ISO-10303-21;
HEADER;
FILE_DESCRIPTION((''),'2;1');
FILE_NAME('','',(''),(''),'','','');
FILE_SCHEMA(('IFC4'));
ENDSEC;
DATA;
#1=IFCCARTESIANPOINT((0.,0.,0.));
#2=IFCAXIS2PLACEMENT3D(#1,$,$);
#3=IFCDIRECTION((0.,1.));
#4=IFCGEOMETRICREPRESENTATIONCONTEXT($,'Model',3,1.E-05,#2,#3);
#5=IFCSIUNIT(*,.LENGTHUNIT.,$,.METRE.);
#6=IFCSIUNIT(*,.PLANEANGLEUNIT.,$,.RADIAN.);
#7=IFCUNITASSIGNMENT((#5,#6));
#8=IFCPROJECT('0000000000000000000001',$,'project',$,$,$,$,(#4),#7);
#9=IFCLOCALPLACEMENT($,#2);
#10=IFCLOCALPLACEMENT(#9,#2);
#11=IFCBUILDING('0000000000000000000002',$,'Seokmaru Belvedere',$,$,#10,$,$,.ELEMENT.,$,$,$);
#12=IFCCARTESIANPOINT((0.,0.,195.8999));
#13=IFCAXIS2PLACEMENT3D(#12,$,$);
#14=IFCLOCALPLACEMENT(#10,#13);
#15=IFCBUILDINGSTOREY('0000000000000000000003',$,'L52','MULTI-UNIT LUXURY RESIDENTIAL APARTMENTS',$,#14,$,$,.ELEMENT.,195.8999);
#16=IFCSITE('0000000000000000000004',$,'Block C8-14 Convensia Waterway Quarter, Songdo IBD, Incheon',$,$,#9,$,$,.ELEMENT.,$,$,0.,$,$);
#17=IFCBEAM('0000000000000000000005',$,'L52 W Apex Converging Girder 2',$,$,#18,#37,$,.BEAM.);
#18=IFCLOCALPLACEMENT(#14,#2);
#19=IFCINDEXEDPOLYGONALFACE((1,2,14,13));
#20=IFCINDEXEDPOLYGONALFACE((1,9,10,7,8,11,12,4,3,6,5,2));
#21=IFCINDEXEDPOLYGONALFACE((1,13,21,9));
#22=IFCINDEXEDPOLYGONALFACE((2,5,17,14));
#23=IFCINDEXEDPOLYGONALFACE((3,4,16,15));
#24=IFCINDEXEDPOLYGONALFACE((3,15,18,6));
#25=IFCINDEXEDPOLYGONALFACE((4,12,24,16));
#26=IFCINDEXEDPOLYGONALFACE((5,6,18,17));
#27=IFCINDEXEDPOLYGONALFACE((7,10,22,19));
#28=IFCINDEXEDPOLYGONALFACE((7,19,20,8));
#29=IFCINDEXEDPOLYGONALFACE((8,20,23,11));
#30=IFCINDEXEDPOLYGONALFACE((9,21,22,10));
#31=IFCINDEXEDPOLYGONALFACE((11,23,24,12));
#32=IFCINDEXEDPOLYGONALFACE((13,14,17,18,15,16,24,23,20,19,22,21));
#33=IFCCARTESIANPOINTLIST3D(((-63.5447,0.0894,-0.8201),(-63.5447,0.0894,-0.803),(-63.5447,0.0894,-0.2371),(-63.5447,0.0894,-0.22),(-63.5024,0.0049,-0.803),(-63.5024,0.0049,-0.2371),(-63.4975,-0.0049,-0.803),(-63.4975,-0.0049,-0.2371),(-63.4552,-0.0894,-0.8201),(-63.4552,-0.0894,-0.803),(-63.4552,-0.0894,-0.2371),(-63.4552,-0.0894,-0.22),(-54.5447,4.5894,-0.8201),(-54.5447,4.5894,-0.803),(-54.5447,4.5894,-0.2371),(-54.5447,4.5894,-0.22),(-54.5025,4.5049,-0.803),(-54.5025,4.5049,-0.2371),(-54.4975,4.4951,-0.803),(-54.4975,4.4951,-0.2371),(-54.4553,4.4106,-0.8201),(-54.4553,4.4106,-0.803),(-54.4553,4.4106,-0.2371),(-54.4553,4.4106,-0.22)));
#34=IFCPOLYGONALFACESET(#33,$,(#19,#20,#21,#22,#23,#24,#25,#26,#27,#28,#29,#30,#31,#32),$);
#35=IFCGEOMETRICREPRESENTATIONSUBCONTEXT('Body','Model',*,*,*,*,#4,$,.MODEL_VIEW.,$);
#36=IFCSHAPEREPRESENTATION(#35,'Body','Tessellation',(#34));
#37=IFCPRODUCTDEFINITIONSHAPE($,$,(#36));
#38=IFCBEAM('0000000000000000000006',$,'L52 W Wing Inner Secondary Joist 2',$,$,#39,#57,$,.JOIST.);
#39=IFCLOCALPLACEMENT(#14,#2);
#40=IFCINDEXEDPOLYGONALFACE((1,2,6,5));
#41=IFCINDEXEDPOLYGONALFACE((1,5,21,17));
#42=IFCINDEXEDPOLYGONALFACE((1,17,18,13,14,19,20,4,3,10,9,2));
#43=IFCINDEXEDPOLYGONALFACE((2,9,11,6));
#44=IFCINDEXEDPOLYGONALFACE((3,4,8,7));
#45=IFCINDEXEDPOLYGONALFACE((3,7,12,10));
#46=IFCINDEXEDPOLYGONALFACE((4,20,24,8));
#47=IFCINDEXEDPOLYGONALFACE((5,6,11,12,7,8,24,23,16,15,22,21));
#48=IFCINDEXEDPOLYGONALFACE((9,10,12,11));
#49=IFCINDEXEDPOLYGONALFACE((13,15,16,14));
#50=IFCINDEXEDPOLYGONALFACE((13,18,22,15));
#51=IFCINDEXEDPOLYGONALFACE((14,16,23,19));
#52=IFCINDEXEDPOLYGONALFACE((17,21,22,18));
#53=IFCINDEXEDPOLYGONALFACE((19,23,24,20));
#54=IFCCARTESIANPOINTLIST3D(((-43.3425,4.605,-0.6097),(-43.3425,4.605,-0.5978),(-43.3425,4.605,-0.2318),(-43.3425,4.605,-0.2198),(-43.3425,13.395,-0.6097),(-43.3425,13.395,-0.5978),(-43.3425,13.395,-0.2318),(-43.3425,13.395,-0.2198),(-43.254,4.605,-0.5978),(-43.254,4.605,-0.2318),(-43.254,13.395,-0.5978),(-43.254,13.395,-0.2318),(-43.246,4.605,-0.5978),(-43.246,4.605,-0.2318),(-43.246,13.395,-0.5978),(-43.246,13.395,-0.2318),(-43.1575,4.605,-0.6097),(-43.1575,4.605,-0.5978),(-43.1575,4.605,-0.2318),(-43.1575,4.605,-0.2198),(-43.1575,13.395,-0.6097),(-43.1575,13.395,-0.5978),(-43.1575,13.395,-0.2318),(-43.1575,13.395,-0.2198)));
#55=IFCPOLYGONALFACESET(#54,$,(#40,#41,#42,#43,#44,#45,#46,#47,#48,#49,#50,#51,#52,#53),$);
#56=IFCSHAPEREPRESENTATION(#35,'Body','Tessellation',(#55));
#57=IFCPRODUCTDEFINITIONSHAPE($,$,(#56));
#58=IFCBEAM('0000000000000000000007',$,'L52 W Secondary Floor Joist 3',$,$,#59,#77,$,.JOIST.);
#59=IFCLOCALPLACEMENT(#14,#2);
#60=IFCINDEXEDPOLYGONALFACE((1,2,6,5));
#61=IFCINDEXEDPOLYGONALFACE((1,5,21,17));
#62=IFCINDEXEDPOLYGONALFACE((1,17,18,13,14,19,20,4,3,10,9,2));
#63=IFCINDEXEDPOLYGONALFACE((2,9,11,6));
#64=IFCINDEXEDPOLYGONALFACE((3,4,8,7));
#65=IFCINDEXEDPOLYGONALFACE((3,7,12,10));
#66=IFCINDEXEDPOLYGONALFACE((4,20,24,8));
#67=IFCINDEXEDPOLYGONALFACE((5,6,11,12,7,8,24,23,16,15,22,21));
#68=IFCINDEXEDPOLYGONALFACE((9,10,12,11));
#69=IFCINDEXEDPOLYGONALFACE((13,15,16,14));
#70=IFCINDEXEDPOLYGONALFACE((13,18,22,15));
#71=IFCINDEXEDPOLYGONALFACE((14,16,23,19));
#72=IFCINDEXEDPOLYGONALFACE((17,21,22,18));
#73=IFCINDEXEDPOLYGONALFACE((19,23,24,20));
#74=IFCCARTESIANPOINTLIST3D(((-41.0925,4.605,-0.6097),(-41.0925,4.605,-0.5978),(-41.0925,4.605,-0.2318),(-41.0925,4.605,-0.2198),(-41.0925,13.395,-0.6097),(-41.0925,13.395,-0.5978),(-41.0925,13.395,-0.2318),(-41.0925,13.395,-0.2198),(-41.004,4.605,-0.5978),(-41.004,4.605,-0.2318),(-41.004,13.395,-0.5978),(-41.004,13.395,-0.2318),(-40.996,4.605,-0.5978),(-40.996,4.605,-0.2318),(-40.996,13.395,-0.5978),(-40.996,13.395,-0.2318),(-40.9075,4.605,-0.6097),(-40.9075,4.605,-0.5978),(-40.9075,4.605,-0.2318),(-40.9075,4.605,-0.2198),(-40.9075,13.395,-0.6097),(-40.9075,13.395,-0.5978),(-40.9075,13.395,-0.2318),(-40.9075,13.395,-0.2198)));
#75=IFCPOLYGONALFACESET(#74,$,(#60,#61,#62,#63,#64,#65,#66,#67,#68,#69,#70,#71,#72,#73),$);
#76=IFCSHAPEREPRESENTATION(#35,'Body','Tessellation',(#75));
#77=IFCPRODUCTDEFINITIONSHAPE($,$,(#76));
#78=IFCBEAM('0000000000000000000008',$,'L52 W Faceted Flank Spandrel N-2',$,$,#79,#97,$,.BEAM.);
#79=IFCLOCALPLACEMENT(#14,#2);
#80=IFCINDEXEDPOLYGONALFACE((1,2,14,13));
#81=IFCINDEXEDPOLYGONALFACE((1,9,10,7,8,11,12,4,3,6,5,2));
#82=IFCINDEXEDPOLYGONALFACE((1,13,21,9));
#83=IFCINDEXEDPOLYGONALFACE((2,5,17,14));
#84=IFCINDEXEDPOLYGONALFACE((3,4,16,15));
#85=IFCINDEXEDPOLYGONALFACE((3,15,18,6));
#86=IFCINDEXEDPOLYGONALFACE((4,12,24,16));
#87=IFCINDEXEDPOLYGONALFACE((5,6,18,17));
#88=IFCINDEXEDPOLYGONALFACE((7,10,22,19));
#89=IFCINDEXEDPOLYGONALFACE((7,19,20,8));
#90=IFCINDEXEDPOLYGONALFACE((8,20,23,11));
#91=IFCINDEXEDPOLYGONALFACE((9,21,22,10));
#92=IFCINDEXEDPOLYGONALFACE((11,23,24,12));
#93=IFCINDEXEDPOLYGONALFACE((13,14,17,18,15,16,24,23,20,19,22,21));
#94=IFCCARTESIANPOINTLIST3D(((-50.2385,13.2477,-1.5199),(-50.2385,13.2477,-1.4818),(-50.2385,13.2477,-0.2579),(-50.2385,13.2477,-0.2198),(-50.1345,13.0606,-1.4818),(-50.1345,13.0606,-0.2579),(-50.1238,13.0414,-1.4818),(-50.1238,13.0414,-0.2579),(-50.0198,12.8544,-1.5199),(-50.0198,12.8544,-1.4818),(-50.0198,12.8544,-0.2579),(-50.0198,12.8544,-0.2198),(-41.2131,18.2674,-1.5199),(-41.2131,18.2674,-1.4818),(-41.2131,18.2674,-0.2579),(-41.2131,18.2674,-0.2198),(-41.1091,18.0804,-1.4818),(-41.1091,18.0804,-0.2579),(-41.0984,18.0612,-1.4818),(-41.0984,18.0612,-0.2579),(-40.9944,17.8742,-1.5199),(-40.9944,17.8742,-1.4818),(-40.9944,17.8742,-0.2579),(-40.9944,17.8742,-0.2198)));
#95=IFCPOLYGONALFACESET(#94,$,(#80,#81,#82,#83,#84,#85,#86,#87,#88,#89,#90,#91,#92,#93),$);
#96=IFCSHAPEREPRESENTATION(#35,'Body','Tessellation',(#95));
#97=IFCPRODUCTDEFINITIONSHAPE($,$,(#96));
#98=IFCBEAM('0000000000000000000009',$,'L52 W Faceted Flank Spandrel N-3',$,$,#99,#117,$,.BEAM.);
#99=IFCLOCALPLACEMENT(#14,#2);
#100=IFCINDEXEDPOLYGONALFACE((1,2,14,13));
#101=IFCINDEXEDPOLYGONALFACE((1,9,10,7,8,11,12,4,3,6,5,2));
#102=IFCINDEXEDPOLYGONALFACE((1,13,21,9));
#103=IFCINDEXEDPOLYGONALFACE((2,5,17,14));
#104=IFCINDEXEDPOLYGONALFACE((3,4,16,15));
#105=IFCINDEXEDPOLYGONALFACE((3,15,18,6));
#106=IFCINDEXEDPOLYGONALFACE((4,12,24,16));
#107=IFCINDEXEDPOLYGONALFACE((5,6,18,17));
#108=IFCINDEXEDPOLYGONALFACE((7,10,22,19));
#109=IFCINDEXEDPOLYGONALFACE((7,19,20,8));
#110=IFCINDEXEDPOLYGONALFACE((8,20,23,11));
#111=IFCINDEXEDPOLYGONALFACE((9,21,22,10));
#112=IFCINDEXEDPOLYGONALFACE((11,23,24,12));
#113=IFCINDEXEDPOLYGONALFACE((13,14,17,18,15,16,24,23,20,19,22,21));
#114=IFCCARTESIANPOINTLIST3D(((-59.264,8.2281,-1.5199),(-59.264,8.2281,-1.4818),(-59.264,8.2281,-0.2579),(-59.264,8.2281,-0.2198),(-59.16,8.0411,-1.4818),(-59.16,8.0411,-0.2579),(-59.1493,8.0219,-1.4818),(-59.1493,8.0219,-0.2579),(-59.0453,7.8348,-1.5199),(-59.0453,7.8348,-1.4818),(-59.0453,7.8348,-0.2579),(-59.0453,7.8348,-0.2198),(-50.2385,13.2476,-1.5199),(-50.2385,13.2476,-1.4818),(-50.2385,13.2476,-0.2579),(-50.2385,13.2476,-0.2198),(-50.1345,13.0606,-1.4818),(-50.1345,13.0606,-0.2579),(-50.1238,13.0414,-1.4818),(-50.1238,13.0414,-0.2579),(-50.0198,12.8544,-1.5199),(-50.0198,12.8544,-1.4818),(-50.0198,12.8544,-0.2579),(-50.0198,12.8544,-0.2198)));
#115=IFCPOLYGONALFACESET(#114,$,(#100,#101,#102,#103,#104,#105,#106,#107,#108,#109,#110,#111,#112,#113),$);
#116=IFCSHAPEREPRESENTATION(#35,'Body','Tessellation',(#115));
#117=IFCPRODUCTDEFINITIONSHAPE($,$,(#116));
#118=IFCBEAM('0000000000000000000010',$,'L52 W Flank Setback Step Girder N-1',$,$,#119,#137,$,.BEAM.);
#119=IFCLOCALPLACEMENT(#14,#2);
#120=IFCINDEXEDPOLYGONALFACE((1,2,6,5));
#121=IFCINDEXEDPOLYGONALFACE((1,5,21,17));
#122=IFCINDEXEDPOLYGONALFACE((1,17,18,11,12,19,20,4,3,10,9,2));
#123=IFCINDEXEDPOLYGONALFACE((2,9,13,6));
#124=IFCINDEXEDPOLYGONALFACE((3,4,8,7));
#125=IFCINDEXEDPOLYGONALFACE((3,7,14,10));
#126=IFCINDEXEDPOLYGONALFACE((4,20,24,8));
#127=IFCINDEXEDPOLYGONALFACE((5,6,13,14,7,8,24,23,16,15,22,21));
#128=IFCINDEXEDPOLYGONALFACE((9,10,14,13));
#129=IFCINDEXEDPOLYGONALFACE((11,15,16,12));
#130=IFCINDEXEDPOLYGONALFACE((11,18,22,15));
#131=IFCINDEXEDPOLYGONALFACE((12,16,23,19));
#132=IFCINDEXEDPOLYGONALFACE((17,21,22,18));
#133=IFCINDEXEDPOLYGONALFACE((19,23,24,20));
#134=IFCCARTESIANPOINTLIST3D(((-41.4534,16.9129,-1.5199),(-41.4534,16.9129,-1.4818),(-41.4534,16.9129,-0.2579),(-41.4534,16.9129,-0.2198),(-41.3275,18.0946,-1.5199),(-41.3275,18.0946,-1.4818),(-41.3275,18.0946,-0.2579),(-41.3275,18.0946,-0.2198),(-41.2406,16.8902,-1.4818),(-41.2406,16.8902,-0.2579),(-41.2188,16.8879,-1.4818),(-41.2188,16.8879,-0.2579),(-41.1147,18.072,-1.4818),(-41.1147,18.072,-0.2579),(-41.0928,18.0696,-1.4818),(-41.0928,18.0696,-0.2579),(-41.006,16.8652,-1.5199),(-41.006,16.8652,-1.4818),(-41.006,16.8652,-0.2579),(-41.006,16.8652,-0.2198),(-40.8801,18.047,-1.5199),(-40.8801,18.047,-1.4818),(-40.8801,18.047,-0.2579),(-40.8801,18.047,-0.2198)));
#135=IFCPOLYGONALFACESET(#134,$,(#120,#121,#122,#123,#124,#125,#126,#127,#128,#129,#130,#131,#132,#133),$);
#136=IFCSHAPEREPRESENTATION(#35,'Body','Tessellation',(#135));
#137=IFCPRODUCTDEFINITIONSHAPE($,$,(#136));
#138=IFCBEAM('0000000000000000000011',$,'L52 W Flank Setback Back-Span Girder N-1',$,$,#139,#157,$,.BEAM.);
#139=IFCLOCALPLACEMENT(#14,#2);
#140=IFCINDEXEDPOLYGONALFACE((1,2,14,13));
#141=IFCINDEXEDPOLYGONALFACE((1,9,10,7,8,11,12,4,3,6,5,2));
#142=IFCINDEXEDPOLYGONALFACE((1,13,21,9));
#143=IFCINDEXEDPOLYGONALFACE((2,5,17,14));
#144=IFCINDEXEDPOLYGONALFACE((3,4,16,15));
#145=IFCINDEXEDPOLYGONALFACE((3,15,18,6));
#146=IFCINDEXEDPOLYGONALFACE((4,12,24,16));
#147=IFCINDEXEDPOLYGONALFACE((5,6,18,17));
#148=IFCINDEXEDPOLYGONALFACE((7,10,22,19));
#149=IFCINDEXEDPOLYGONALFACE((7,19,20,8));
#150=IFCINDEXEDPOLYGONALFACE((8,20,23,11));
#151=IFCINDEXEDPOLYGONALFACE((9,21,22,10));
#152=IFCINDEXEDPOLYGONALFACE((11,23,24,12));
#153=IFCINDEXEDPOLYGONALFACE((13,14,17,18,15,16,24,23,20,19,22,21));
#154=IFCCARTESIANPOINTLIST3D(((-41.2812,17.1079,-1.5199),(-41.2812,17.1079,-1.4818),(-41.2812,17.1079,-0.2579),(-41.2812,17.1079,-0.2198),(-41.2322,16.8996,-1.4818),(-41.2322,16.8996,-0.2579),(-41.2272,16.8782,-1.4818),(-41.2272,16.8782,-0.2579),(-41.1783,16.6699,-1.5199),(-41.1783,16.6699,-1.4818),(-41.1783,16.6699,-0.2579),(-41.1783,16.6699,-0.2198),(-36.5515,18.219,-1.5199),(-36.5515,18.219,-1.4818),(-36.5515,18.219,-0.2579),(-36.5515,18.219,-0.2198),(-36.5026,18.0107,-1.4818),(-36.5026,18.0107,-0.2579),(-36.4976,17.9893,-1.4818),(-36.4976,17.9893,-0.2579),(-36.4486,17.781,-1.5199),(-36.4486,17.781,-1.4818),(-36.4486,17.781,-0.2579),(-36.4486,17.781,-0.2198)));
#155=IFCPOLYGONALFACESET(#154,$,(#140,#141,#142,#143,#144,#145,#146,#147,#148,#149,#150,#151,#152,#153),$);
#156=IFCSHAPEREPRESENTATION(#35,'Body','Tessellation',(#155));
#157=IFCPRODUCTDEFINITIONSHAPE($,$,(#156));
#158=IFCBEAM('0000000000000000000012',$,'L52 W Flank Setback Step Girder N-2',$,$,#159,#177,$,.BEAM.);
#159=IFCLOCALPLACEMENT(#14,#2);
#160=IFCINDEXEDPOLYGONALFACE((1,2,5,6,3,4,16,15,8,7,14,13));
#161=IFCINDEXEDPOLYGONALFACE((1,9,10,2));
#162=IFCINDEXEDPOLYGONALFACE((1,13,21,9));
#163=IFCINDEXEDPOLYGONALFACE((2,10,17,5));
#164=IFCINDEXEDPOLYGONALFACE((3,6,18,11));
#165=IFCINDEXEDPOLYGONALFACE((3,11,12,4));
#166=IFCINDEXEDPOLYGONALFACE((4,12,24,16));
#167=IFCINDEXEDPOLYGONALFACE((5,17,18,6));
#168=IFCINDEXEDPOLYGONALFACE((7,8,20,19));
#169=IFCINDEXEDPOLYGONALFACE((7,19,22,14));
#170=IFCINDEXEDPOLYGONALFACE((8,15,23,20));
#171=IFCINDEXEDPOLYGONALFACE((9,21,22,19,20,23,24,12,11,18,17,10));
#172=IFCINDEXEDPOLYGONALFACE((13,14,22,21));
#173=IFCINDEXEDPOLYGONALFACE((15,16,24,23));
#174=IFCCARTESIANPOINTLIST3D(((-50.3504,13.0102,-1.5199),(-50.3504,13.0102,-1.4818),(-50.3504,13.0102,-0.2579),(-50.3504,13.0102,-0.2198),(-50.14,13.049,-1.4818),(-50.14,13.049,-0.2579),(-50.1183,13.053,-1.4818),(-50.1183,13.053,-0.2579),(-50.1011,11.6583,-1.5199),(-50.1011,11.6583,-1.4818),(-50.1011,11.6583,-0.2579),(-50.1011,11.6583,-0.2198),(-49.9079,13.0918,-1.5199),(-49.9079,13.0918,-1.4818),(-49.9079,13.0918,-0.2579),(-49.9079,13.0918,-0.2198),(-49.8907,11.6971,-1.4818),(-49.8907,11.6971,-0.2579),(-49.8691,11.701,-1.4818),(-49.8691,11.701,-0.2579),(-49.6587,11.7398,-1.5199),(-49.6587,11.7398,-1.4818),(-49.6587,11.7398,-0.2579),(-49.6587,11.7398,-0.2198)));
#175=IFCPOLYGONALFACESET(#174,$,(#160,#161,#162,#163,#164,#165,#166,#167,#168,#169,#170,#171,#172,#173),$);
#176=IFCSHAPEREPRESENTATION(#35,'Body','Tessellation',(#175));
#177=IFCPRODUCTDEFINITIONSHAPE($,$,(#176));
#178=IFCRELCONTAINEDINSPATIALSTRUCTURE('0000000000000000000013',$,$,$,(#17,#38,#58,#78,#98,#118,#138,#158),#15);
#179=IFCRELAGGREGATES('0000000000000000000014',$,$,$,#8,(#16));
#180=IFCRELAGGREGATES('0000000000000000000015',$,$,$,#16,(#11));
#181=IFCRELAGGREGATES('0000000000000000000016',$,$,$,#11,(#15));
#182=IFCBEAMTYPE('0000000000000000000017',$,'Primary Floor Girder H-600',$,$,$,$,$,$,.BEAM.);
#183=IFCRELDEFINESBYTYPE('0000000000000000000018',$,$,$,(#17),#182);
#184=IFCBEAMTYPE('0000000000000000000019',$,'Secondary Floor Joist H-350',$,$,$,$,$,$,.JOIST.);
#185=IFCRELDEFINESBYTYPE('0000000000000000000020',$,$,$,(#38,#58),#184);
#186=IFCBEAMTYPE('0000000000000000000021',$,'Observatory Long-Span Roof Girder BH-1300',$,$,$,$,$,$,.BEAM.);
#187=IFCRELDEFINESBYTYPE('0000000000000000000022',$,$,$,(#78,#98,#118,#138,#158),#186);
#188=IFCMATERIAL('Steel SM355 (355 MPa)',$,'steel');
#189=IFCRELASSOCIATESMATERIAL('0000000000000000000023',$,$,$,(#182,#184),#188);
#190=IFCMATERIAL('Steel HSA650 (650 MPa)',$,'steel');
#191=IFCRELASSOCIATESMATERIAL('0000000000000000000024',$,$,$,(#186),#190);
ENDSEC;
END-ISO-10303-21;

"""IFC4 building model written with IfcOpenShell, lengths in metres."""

from ifc_helpers import new_model, si_unit, direction, frame, origin, origin_2d, place, context, subcontext, project, spatial, i_section, extrude, source, transform, mapped, material, material_profile, profile_set, type_object, type_shapes, element, save


model = new_model("IFC4")

# Units and contexts
model_context = context("Model", 3, precision=1e-05, world=origin(), true_north=direction((0.0, 1.0)))
body_context = subcontext(model_context, "Body", "Model", "MODEL_VIEW")
ifc_project = project(units=[si_unit("LENGTHUNIT", "METRE"), si_unit("PLANEANGLEUNIT", "RADIAN")], contexts=[model_context])

# Site, building, storey
site_placement = place(None, origin())
site = spatial("IfcSite", under=ifc_project, at=site_placement, Name="Block C8-14 Convensia Waterway Quarter, Songdo IBD, Incheon", CompositionType="ELEMENT", RefElevation=0.0)
building_placement = place(site_placement, origin())
building = spatial("IfcBuilding", under=site, at=building_placement, Name="Seokmaru Belvedere", CompositionType="ELEMENT")
storey_placement = place(building_placement, frame((0.0, 0.0, 195.8999)))
storey = spatial("IfcBuildingStorey", under=building, at=storey_placement, Name="L52", Description="MULTI-UNIT LUXURY RESIDENTIAL APARTMENTS", CompositionType="ELEMENT", Elevation=195.8999)

# Shared definitions
ifc_material_1 = material(Name="Steel SM355 (355 MPa)", Category="steel")

# Beams
ifc_material_profile_1 = material_profile(ifc_material_1, i_section(OverallWidth=0.2, OverallDepth=0.6001, WebThickness=0.011, FlangeThickness=0.0171, at=origin_2d()), Name="H-600x200x11x17")
ifc_profile_set_1 = profile_set([ifc_material_profile_1], Name="Steel SM355 (355 MPa)")
beam_type_1 = type_object("IfcBeamType", Name="Primary Floor Girder H-600", PredefinedType="BEAM", material=ifc_profile_set_1)
shared_shape_1 = source(origin(), body_context, "Body", "SweptSolid", [
    extrude(i_section(OverallWidth=0.2, OverallDepth=0.6001, WebThickness=0.011, FlangeThickness=0.0171, at=origin_2d()), origin(), (0.0, 0.0, 1.0), 10.0623),
])
beam_1_placement = place(storey_placement, frame((-54.5, 4.5, -0.52), z_axis=(-0.894427, -0.447214, 0.0), x_axis=(0.447214, -0.894427, 0.0)))
element("IfcBeam", 1, at=beam_1_placement, inside=storey, type_object=beam_type_1, Name="L52 W Apex Converging Girder 2", PredefinedType="BEAM", context=body_context, shape_type="MappedRepresentation", body=[
    mapped(shared_shape_1, transform((0.0, 0.0, 0.0), scale=1.0)),
])
ifc_material_profile_2 = material_profile(ifc_material_1, i_section(OverallWidth=0.1851, OverallDepth=0.3899, WebThickness=0.0081, FlangeThickness=0.012, at=origin_2d()), Name="H-390x185x8x12")
ifc_profile_set_2 = profile_set([ifc_material_profile_2], Name="Steel SM355 (355 MPa)")
beam_type_2 = type_object("IfcBeamType", Name="Secondary Floor Joist H-350", PredefinedType="JOIST", material=ifc_profile_set_2)
shared_shape_2 = source(origin(), body_context, "Body", "SweptSolid", [
    extrude(i_section(OverallWidth=0.1851, OverallDepth=0.3899, WebThickness=0.0081, FlangeThickness=0.012, at=origin_2d()), origin(), (0.0, 0.0, 1.0), 8.79),
])
type_shapes(beam_type_2, [shared_shape_2])
for number, where, z_axis, x_axis, name in (
    (2, (-43.25, 4.605, -0.4148), (0.0, 1.0, 0.0), (-1.0, 0.0, 0.0), "L52 W Wing Inner Secondary Joist 2"),
    (3, (-41.0, 4.605, -0.4148), (0.0, 1.0, 0.0), (-1.0, 0.0, 0.0), "L52 W Secondary Floor Joist 3"),
):
    element("IfcBeam", number, at=place(storey_placement, frame(where, z_axis=z_axis, x_axis=x_axis)), inside=storey, type_object=beam_type_2, Name=name, PredefinedType="JOIST", context=body_context, shape_type="MappedRepresentation", body=[
        mapped(shared_shape_2, transform((0.0, 0.0, 0.0), scale=1.0)),
    ])
ifc_material_2 = material(Name="Steel HSA650 (650 MPa)", Category="steel")
ifc_material_profile_3 = material_profile(ifc_material_2, i_section(OverallWidth=0.45, OverallDepth=1.3, WebThickness=0.022, FlangeThickness=0.0381, at=origin_2d()), Name="BH-1300x450x22x38")
ifc_profile_set_3 = profile_set([ifc_material_profile_3], Name="Steel HSA650 (650 MPa)")
beam_type_3 = type_object("IfcBeamType", Name="Observatory Long-Span Roof Girder BH-1300", PredefinedType="BEAM", material=ifc_profile_set_3)
shared_shape_3 = source(origin(), body_context, "Body", "SweptSolid", [
    extrude(i_section(OverallWidth=0.45, OverallDepth=1.3, WebThickness=0.022, FlangeThickness=0.0381, at=origin_2d()), origin(), (0.0, 0.0, 1.0), 10.3274),
])
for number, where, z_axis, x_axis, name in (
    (4, (-41.1038, 18.0708, -0.8699), (-0.873924, -0.486062, 0.0), (0.486062, -0.873924, 0.0), "L52 W Faceted Flank Spandrel N-2"),
    (5, (-50.1292, 13.051, -0.8699), (-0.873934, -0.486044, 0.0), (0.486044, -0.873934, 0.0), "L52 W Faceted Flank Spandrel N-3"),
):
    element("IfcBeam", number, at=place(storey_placement, frame(where, z_axis=z_axis, x_axis=x_axis)), inside=storey, type_object=beam_type_3, Name=name, PredefinedType="BEAM", context=body_context, shape_type="MappedRepresentation", body=[
        mapped(shared_shape_3, transform((0.0, 0.0, 0.0), scale=1.0)),
    ])
shared_shape_4 = source(origin(), body_context, "Body", "SweptSolid", [
    extrude(i_section(OverallWidth=0.45, OverallDepth=1.3, WebThickness=0.022, FlangeThickness=0.0381, at=origin_2d()), origin(), (0.0, 0.0, 1.0), 1.1885),
])
beam_2_placement = place(storey_placement, frame((-41.1038, 18.0708, -0.8699), z_axis=(-0.105989, -0.994367, 0.0), x_axis=(0.994367, -0.105989, 0.0)))
element("IfcBeam", 6, at=beam_2_placement, inside=storey, type_object=beam_type_3, Name="L52 W Flank Setback Step Girder N-1", PredefinedType="BEAM", context=body_context, shape_type="MappedRepresentation", body=[
    mapped(shared_shape_4, transform((0.0, 0.0, 0.0), scale=1.0)),
])
shared_shape_5 = source(origin(), body_context, "Body", "SweptSolid", [
    extrude(i_section(OverallWidth=0.45, OverallDepth=1.3, WebThickness=0.022, FlangeThickness=0.0381, at=origin_2d()), origin(), (0.0, 0.0, 1.0), 4.8584),
])
beam_3_placement = place(storey_placement, frame((-41.2297, 16.8889, -0.8699), z_axis=(0.973499, 0.228689, 0.0), x_axis=(-0.228689, 0.973499, 0.0)))
element("IfcBeam", 7, at=beam_3_placement, inside=storey, type_object=beam_type_3, Name="L52 W Flank Setback Back-Span Girder N-1", PredefinedType="BEAM", context=body_context, shape_type="MappedRepresentation", body=[
    mapped(shared_shape_5, transform((0.0, 0.0, 0.0), scale=1.0)),
])
shared_shape_6 = source(origin(), body_context, "Body", "SweptSolid", [
    extrude(i_section(OverallWidth=0.45, OverallDepth=1.3, WebThickness=0.022, FlangeThickness=0.0381, at=origin_2d()), origin(), (0.0, 0.0, 1.0), 1.3748),
])
beam_4_placement = place(storey_placement, frame((-50.1292, 13.051, -0.8699), z_axis=(0.181307, -0.983427, 0.0), x_axis=(0.983427, 0.181307, 0.0)))
element("IfcBeam", 8, at=beam_4_placement, inside=storey, type_object=beam_type_3, Name="L52 W Flank Setback Step Girder N-2", PredefinedType="BEAM", context=body_context, shape_type="MappedRepresentation", body=[
    mapped(shared_shape_6, transform((0.0, 0.0, 0.0), scale=1.0)),
])

save(model, "model.ifc")
